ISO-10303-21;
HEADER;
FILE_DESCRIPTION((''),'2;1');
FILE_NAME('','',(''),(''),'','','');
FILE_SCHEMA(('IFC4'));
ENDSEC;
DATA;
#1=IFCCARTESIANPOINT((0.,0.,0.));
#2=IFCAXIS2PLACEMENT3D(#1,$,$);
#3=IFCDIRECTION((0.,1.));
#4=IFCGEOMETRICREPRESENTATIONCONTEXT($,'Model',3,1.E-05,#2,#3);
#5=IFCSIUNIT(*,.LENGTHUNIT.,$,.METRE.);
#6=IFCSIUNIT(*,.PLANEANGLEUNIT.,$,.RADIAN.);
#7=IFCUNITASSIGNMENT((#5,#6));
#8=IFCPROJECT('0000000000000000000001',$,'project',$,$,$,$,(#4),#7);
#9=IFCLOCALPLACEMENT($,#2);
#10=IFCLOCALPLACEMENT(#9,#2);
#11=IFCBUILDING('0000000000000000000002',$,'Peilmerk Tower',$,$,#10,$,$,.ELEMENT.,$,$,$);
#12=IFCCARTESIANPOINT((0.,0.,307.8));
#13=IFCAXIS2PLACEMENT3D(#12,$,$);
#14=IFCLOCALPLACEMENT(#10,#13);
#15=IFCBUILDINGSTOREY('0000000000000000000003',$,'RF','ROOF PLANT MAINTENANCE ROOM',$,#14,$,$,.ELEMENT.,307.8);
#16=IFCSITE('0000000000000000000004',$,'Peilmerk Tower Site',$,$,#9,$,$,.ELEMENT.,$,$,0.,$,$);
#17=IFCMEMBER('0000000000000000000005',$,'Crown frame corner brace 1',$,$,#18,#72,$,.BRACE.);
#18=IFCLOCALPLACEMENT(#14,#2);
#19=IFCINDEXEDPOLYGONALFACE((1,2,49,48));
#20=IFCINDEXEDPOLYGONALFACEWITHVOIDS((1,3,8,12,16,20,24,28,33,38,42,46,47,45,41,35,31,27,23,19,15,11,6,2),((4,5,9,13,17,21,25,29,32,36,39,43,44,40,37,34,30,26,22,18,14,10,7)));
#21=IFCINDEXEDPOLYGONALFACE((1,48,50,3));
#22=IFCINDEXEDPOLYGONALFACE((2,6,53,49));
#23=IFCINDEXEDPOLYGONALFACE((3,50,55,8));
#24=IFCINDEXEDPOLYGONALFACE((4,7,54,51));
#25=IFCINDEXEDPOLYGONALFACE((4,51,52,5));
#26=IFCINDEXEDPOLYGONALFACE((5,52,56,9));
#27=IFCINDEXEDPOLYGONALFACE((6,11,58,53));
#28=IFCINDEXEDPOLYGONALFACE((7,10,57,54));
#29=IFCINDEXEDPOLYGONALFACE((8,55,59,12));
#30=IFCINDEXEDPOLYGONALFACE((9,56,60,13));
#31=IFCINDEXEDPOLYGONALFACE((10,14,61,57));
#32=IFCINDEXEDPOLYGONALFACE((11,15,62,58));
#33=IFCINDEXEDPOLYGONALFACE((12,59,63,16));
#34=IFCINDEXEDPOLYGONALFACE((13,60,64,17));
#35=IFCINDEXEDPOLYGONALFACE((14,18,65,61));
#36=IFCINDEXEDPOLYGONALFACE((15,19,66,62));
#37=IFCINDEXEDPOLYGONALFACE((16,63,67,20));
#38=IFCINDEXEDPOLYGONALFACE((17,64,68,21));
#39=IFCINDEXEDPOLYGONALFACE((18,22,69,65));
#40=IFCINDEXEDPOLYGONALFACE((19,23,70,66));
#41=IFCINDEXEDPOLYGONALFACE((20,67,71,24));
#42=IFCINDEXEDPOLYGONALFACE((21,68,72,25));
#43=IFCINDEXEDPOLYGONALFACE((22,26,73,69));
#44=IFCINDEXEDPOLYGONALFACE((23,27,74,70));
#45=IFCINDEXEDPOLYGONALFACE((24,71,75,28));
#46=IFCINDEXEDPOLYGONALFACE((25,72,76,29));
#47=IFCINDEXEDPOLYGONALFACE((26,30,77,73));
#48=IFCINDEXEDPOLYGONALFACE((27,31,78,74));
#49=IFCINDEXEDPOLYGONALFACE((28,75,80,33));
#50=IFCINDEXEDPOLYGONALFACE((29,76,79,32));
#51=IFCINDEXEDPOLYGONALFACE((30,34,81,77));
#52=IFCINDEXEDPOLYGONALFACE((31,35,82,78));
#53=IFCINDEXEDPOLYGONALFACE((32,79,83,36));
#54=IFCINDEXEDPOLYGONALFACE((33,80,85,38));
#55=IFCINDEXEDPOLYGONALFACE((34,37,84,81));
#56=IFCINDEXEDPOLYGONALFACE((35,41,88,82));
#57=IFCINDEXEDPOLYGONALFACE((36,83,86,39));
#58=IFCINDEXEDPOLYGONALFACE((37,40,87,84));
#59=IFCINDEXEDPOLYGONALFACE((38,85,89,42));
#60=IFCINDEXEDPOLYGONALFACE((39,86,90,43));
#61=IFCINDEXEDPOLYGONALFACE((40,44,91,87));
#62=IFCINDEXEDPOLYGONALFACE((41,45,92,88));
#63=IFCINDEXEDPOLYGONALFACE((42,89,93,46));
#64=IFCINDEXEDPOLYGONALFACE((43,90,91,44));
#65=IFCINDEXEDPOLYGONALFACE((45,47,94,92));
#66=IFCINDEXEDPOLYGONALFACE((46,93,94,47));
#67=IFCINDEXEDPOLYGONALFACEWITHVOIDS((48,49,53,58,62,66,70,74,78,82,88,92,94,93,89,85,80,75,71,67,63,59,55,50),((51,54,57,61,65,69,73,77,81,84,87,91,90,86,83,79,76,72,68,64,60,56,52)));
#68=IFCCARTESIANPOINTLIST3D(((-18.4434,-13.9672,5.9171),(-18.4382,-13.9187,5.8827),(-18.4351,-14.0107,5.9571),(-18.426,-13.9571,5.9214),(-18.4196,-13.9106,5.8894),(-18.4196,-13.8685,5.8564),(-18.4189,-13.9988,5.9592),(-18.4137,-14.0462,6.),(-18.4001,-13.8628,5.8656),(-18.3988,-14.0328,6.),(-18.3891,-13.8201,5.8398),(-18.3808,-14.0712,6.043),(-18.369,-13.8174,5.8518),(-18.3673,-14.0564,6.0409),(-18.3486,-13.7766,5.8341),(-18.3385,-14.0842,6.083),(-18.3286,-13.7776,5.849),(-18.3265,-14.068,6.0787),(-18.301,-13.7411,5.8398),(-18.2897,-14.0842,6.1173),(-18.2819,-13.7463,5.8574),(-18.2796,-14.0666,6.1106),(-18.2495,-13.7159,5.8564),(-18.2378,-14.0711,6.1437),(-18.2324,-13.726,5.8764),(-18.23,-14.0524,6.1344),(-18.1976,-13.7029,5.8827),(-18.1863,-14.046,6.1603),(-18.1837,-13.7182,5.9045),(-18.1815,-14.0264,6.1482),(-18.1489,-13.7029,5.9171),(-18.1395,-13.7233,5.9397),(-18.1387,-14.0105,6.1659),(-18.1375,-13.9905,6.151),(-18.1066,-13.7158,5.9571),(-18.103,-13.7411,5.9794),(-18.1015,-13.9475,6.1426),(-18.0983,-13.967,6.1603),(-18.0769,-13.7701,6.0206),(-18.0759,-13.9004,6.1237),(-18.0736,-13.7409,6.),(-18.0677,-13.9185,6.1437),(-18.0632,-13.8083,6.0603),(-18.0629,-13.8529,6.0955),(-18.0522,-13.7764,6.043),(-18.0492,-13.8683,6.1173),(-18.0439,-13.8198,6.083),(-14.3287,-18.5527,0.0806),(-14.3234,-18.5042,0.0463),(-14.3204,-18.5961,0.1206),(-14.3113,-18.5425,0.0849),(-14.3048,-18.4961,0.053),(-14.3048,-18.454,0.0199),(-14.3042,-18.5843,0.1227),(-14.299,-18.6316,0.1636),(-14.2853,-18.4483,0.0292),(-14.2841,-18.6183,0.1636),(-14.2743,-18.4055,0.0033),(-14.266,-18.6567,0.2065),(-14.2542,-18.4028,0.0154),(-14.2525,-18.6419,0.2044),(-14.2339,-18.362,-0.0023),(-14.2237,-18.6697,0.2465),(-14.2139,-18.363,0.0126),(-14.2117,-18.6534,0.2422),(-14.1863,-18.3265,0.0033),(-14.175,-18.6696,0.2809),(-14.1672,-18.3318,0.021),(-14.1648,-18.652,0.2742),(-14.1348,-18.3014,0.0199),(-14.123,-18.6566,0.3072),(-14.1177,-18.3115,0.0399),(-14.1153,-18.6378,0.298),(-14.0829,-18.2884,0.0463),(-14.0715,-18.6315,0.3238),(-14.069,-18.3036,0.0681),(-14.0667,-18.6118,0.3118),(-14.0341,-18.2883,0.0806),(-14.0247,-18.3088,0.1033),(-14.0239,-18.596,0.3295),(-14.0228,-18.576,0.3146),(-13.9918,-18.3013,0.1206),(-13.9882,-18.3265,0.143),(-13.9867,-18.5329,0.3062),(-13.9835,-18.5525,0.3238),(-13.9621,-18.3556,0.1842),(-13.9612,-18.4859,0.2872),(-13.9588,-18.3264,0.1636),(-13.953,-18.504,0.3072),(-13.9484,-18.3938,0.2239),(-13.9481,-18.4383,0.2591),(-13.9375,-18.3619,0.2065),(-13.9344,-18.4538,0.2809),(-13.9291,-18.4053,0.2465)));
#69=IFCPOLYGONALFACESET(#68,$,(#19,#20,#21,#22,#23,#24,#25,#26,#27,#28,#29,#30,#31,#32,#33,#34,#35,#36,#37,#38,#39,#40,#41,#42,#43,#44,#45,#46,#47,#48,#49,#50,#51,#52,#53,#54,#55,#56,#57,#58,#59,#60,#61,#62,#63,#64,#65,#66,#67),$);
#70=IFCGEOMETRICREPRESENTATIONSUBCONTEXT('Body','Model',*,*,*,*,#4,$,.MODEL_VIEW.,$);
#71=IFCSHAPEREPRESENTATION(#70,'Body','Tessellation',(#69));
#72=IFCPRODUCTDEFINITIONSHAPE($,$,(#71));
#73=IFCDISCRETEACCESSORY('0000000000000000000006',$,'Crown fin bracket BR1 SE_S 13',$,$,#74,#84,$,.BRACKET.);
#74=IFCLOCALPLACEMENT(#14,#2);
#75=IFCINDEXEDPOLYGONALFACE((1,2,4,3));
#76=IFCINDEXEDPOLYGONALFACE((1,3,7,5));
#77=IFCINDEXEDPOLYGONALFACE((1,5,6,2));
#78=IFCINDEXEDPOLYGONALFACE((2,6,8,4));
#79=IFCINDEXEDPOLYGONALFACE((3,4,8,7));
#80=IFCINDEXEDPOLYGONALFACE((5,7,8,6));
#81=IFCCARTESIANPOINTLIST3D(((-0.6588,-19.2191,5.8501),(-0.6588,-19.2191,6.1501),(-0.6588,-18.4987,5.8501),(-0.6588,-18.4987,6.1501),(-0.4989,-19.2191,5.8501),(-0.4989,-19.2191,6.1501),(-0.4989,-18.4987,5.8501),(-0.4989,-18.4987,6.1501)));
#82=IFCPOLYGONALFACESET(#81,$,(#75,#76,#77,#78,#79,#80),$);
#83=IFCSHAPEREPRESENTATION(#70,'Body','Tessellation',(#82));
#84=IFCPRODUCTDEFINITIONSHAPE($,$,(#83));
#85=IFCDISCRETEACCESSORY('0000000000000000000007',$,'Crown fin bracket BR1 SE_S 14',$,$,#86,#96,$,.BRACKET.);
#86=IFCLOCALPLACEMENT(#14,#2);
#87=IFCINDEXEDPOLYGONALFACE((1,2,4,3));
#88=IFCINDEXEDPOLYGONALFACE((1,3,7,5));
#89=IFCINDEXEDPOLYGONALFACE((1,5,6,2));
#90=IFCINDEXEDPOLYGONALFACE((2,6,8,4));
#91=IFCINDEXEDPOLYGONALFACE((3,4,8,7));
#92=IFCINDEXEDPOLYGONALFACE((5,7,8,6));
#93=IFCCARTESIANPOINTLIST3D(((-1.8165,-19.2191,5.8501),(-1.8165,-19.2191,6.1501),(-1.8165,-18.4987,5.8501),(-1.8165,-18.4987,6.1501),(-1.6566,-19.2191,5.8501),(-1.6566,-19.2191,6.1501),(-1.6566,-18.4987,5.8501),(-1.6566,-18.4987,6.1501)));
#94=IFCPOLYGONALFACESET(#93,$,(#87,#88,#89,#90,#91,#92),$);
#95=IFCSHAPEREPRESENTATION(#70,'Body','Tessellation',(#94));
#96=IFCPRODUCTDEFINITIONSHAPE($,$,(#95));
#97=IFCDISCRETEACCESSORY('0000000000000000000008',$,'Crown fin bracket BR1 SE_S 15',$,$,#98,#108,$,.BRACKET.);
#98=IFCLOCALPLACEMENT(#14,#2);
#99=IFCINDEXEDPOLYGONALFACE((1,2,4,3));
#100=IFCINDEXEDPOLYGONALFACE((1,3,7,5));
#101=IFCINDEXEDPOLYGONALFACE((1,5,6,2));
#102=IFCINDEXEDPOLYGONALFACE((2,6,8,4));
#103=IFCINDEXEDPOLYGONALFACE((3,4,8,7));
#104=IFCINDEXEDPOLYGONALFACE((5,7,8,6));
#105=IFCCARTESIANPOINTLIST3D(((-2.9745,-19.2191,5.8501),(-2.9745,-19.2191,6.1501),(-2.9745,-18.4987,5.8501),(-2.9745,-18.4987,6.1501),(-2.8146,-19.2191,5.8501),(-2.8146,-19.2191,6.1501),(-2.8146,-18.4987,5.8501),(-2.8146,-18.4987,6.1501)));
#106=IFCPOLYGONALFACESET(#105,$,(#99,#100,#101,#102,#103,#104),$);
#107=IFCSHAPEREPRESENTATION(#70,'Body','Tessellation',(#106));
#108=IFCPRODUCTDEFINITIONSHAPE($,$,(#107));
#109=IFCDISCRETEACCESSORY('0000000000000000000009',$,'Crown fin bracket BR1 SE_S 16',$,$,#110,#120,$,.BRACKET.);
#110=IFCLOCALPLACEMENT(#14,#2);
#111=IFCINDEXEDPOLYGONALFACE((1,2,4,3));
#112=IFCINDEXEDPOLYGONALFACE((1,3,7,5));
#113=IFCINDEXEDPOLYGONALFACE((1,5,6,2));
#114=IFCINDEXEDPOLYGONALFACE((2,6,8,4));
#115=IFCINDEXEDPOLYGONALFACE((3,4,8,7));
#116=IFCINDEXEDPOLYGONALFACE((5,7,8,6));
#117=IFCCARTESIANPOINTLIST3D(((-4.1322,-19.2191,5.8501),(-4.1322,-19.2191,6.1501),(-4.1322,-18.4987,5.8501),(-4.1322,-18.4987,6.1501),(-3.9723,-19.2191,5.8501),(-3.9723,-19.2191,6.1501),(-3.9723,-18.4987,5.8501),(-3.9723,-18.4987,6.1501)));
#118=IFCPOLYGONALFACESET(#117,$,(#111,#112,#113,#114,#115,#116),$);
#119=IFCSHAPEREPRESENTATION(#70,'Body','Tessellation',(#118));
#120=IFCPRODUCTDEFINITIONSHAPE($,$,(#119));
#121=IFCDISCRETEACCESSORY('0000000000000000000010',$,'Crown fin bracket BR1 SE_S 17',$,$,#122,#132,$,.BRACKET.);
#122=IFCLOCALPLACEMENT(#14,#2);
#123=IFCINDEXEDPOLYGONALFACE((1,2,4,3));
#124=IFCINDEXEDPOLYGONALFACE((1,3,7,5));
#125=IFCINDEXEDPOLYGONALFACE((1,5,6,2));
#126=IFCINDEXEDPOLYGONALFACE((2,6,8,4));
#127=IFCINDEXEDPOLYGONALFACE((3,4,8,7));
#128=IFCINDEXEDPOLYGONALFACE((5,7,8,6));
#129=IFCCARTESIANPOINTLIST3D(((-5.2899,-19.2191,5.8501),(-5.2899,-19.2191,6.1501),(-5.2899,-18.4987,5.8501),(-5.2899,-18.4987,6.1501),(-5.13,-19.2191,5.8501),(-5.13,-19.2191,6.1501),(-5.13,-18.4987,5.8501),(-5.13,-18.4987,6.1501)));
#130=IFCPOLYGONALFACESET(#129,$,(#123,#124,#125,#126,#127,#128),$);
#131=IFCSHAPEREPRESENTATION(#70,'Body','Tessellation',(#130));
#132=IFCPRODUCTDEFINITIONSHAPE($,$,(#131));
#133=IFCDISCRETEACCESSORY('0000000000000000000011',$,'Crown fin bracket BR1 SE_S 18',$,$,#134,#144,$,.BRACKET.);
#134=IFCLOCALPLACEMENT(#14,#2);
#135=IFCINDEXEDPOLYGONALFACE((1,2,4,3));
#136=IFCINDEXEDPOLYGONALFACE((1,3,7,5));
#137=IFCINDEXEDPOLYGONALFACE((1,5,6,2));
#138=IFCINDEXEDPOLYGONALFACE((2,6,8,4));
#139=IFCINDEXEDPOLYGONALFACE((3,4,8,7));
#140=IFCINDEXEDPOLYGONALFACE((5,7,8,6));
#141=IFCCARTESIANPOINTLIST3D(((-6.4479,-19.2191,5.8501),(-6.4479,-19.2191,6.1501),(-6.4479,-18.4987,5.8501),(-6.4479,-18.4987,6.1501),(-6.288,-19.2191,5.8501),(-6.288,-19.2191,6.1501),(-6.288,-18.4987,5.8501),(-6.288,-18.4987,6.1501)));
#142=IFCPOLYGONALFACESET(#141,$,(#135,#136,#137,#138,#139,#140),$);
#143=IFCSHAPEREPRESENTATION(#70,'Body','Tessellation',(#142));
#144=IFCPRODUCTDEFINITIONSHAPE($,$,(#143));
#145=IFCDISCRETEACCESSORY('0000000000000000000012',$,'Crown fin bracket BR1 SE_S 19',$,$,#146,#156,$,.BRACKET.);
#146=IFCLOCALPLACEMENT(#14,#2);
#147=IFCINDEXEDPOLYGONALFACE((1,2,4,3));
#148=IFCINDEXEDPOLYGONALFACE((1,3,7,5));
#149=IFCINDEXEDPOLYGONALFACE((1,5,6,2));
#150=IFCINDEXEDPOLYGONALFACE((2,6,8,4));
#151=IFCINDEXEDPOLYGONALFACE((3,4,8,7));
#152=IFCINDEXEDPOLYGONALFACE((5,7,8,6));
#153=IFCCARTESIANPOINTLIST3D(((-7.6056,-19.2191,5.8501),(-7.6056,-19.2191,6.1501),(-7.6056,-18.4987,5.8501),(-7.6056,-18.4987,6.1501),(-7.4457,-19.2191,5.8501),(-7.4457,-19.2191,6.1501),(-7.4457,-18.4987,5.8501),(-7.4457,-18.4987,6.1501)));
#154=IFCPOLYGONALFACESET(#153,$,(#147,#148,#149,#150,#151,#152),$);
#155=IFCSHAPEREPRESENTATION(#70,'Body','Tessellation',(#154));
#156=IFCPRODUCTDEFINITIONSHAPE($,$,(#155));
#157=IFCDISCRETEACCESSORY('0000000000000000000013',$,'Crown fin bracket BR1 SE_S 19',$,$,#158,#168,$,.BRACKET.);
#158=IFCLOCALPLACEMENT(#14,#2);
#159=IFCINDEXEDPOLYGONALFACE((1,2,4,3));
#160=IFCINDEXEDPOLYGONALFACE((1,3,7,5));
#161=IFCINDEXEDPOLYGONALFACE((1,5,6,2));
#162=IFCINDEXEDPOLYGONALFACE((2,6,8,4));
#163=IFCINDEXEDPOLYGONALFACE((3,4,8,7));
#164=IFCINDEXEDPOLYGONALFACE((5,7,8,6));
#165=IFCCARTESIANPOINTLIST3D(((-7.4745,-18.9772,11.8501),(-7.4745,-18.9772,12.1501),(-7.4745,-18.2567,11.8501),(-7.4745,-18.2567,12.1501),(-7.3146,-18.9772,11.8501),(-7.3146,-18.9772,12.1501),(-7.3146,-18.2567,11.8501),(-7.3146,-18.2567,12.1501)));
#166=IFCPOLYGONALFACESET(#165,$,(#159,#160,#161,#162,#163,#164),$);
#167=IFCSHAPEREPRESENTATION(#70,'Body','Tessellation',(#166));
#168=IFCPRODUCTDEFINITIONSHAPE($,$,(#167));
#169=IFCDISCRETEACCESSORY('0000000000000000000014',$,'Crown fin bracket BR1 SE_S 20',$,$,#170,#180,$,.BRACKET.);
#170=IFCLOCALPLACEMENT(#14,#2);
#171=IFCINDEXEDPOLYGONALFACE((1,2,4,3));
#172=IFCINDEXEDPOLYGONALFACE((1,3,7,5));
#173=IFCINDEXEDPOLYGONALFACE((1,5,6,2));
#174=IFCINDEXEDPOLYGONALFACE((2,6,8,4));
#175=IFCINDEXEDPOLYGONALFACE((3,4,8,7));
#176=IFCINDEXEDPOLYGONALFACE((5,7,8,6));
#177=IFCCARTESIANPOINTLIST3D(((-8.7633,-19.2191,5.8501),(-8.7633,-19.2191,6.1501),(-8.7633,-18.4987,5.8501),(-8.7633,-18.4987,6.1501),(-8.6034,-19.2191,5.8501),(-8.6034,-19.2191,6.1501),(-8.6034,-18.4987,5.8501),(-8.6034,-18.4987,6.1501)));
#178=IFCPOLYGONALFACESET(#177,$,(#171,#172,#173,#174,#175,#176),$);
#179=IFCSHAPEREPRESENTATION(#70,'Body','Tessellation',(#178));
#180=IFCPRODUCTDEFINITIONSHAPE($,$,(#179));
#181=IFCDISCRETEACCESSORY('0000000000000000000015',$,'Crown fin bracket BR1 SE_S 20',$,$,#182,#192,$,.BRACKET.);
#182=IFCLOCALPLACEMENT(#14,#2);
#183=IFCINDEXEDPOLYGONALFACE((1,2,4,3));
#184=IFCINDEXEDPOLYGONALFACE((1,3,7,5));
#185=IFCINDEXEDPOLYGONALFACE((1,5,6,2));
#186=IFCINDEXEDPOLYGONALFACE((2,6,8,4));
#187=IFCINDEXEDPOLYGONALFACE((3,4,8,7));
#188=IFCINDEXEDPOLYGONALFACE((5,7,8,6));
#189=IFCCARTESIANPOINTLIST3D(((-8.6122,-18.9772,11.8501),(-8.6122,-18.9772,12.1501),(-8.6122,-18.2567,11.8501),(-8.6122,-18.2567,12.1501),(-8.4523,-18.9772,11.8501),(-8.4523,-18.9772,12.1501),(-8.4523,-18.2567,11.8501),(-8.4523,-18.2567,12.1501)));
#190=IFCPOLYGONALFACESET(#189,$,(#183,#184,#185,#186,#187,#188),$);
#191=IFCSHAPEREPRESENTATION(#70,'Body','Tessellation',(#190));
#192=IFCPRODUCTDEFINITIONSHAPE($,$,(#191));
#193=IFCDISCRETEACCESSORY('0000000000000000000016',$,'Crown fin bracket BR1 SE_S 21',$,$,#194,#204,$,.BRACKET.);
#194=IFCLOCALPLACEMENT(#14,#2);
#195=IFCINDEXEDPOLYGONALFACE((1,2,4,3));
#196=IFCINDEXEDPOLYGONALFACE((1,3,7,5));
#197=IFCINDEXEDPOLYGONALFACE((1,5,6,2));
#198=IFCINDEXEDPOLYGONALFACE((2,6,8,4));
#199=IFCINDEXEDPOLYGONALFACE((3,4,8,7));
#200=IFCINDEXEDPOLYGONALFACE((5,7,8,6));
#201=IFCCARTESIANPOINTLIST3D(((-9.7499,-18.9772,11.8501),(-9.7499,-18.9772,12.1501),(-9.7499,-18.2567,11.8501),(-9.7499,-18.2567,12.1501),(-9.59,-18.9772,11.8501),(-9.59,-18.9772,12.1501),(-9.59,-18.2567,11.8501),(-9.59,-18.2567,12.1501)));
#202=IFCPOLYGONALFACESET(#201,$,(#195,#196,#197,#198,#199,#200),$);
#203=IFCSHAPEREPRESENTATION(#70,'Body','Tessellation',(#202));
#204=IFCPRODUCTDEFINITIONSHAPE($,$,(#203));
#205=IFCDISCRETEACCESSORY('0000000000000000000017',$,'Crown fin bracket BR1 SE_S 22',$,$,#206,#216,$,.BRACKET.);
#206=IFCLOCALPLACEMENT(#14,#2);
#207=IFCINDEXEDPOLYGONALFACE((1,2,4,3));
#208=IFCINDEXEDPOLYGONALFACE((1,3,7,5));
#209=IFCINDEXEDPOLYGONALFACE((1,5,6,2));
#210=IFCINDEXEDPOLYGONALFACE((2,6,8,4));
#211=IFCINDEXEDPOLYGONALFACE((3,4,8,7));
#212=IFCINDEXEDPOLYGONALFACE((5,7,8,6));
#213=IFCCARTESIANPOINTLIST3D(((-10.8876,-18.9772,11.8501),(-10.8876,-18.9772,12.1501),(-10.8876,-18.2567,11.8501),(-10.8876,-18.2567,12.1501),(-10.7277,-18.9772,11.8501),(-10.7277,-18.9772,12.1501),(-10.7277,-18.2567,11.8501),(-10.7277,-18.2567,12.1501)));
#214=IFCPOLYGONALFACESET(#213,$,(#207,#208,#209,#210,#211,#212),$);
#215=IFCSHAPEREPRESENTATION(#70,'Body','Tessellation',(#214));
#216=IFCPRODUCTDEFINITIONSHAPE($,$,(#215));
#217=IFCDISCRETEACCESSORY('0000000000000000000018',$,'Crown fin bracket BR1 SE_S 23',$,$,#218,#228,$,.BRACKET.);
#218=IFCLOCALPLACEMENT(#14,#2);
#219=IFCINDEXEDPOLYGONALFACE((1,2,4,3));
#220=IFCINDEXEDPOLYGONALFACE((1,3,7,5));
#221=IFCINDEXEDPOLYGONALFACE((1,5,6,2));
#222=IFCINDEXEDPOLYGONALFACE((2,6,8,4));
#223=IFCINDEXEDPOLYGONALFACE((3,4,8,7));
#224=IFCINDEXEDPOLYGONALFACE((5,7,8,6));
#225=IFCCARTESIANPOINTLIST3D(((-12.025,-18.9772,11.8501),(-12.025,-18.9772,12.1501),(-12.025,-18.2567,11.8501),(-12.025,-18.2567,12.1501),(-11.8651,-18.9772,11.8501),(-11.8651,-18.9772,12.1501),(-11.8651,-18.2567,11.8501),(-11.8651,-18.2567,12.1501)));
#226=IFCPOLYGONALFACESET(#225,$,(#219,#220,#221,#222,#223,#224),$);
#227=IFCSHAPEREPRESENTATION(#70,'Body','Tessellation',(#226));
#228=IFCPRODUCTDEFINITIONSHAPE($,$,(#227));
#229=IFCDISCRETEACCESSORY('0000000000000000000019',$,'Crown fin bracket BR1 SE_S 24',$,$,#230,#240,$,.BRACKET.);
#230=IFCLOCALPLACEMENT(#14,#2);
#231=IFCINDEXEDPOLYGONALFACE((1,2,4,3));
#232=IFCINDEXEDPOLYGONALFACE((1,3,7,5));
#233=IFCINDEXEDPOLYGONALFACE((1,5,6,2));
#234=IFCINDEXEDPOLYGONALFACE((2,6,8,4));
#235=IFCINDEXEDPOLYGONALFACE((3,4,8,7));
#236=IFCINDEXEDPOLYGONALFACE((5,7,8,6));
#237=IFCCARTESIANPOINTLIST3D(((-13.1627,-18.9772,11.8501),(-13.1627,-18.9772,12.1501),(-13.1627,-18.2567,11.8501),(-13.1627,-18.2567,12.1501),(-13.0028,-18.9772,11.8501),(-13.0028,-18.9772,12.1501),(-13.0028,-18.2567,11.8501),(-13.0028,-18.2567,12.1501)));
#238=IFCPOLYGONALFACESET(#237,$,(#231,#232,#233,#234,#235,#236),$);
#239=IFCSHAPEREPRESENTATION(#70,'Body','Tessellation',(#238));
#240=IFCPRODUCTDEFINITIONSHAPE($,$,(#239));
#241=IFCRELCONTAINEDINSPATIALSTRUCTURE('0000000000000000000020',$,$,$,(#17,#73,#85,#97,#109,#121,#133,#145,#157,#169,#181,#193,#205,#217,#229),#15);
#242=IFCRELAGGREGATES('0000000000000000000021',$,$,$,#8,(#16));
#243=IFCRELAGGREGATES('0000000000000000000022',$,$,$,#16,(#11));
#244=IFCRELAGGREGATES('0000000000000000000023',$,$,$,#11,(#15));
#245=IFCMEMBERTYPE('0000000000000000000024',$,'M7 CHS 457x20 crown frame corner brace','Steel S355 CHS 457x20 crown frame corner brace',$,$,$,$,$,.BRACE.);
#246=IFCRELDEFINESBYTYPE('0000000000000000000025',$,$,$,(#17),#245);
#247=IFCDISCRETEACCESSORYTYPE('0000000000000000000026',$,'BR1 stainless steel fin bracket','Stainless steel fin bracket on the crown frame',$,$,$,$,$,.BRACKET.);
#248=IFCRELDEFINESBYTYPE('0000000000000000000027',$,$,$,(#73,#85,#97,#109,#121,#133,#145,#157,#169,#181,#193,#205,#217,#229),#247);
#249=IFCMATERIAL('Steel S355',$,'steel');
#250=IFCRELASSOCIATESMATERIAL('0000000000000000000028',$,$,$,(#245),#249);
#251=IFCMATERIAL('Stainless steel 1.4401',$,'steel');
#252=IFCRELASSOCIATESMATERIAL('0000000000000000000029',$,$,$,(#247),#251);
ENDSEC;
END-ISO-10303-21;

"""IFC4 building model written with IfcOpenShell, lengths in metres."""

from ifc_helpers import new_model, si_unit, direction, frame, origin, origin_2d, place, context, subcontext, project, spatial, rectangle, hollow_circle, extrude, source, transform, mapped, material, material_profile, profile_set, type_object, element, save


model = new_model("IFC4")

# Units and contexts
model_context = context("Model", 3, precision=1e-05, world=origin(), true_north=direction((0.0, 1.0)))
body_context = subcontext(model_context, "Body", "Model", "MODEL_VIEW")
ifc_project = project(units=[si_unit("LENGTHUNIT", "METRE"), si_unit("PLANEANGLEUNIT", "RADIAN")], contexts=[model_context])

# Site, building, storey
site_placement = place(None, origin())
site = spatial("IfcSite", under=ifc_project, at=site_placement, Name="Peilmerk Tower Site", CompositionType="ELEMENT", RefElevation=0.0)
building_placement = place(site_placement, origin())
building = spatial("IfcBuilding", under=site, at=building_placement, Name="Peilmerk Tower", CompositionType="ELEMENT")
storey_placement = place(building_placement, frame((0.0, 0.0, 307.8)))
storey = spatial("IfcBuildingStorey", under=building, at=storey_placement, Name="RF", Description="ROOF PLANT MAINTENANCE ROOM", CompositionType="ELEMENT", Elevation=307.8)

# Shared definitions
ifc_material_1 = material(Name="Steel S355", Category="steel")

# Member
ifc_material_profile_1 = material_profile(ifc_material_1, hollow_circle(Radius=0.2285, WallThickness=0.02, at=origin_2d()), Name="CHS 457x20")
ifc_profile_set_1 = profile_set([ifc_material_profile_1], Name="Steel S355")
member_type_1 = type_object("IfcMemberType", Name="M7 CHS 457x20 crown frame corner brace", Description="Steel S355 CHS 457x20 crown frame corner brace", PredefinedType="BRACE", material=ifc_profile_set_1)
member_1_placement = place(storey_placement, frame((-14.1289, -18.479, 0.1636), z_axis=(-0.484856, 0.54032, 0.687727), x_axis=(-0.744275, -0.667874, 0.0)))
element("IfcMember", 1, at=member_1_placement, inside=storey, type_object=member_type_1, Name="Crown frame corner brace 1", PredefinedType="BRACE", context=body_context, shape_type="SweptSolid", body=[
    extrude(hollow_circle(Radius=0.2285, WallThickness=0.02, at=origin_2d()), origin(), (0.0, 0.0, 1.0), 8.4866),
])

# Discrete accessories
ifc_material_2 = material(Name="Stainless steel 1.4401", Category="steel")
discrete_accessory_type = type_object("IfcDiscreteAccessoryType", Name="BR1 stainless steel fin bracket", Description="Stainless steel fin bracket on the crown frame", PredefinedType="BRACKET", material=ifc_material_2)
shared_shape = source(origin(), body_context, "Body", "SweptSolid", [
    extrude(rectangle(XDim=0.7205, YDim=0.1599, at=origin_2d()), origin(), (0.0, 0.0, 1.0), 0.3),
])
for number, where, z_axis, x_axis, name in (
    (2, (-0.5789, -18.8589, 5.8501), (0.0, 0.0, 1.0), (0.0, -1.0, 0.0), "Crown fin bracket BR1 SE_S 13"),
    (3, (-1.7366, -18.8589, 5.8501), (0.0, 0.0, 1.0), (0.0, -1.0, 0.0), "Crown fin bracket BR1 SE_S 14"),
    (4, (-2.8945, -18.8589, 5.8501), (0.0, 0.0, 1.0), (0.0, -1.0, 0.0), "Crown fin bracket BR1 SE_S 15"),
    (5, (-4.0522, -18.8589, 5.8501), (0.0, 0.0, 1.0), (0.0, -1.0, 0.0), "Crown fin bracket BR1 SE_S 16"),
    (6, (-5.21, -18.8589, 5.8501), (0.0, 0.0, 1.0), (0.0, -1.0, 0.0), "Crown fin bracket BR1 SE_S 17"),
    (7, (-6.3679, -18.8589, 5.8501), (0.0, 0.0, 1.0), (0.0, -1.0, 0.0), "Crown fin bracket BR1 SE_S 18"),
    (8, (-7.5256, -18.8589, 5.8501), (0.0, 0.0, 1.0), (0.0, -1.0, 0.0), "Crown fin bracket BR1 SE_S 19"),
    (9, (-7.3945, -18.6169, 11.8501), (0.0, 0.0, 1.0), (0.0, -1.0, 0.0), "Crown fin bracket BR1 SE_S 19"),
    (10, (-8.6833, -18.8589, 5.8501), (0.0, 0.0, 1.0), (0.0, -1.0, 0.0), "Crown fin bracket BR1 SE_S 20"),
    (11, (-8.5322, -18.6169, 11.8501), (0.0, 0.0, 1.0), (0.0, -1.0, 0.0), "Crown fin bracket BR1 SE_S 20"),
    (12, (-9.6699, -18.6169, 11.8501), (0.0, 0.0, 1.0), (0.0, -1.0, 0.0), "Crown fin bracket BR1 SE_S 21"),
    (13, (-10.8076, -18.6169, 11.8501), (0.0, 0.0, 1.0), (0.0, -1.0, 0.0), "Crown fin bracket BR1 SE_S 22"),
    (14, (-11.9451, -18.6169, 11.8501), (0.0, 0.0, 1.0), (0.0, -1.0, 0.0), "Crown fin bracket BR1 SE_S 23"),
    (15, (-13.0828, -18.6169, 11.8501), (0.0, 0.0, 1.0), (0.0, -1.0, 0.0), "Crown fin bracket BR1 SE_S 24"),
):
    element("IfcDiscreteAccessory", number, at=place(storey_placement, frame(where, z_axis=z_axis, x_axis=x_axis)), inside=storey, type_object=discrete_accessory_type, Name=name, PredefinedType="BRACKET", context=body_context, shape_type="MappedRepresentation", body=[
        mapped(shared_shape, transform((0.0, 0.0, 0.0), scale=1.0)),
    ])

save(model, "model.ifc")
